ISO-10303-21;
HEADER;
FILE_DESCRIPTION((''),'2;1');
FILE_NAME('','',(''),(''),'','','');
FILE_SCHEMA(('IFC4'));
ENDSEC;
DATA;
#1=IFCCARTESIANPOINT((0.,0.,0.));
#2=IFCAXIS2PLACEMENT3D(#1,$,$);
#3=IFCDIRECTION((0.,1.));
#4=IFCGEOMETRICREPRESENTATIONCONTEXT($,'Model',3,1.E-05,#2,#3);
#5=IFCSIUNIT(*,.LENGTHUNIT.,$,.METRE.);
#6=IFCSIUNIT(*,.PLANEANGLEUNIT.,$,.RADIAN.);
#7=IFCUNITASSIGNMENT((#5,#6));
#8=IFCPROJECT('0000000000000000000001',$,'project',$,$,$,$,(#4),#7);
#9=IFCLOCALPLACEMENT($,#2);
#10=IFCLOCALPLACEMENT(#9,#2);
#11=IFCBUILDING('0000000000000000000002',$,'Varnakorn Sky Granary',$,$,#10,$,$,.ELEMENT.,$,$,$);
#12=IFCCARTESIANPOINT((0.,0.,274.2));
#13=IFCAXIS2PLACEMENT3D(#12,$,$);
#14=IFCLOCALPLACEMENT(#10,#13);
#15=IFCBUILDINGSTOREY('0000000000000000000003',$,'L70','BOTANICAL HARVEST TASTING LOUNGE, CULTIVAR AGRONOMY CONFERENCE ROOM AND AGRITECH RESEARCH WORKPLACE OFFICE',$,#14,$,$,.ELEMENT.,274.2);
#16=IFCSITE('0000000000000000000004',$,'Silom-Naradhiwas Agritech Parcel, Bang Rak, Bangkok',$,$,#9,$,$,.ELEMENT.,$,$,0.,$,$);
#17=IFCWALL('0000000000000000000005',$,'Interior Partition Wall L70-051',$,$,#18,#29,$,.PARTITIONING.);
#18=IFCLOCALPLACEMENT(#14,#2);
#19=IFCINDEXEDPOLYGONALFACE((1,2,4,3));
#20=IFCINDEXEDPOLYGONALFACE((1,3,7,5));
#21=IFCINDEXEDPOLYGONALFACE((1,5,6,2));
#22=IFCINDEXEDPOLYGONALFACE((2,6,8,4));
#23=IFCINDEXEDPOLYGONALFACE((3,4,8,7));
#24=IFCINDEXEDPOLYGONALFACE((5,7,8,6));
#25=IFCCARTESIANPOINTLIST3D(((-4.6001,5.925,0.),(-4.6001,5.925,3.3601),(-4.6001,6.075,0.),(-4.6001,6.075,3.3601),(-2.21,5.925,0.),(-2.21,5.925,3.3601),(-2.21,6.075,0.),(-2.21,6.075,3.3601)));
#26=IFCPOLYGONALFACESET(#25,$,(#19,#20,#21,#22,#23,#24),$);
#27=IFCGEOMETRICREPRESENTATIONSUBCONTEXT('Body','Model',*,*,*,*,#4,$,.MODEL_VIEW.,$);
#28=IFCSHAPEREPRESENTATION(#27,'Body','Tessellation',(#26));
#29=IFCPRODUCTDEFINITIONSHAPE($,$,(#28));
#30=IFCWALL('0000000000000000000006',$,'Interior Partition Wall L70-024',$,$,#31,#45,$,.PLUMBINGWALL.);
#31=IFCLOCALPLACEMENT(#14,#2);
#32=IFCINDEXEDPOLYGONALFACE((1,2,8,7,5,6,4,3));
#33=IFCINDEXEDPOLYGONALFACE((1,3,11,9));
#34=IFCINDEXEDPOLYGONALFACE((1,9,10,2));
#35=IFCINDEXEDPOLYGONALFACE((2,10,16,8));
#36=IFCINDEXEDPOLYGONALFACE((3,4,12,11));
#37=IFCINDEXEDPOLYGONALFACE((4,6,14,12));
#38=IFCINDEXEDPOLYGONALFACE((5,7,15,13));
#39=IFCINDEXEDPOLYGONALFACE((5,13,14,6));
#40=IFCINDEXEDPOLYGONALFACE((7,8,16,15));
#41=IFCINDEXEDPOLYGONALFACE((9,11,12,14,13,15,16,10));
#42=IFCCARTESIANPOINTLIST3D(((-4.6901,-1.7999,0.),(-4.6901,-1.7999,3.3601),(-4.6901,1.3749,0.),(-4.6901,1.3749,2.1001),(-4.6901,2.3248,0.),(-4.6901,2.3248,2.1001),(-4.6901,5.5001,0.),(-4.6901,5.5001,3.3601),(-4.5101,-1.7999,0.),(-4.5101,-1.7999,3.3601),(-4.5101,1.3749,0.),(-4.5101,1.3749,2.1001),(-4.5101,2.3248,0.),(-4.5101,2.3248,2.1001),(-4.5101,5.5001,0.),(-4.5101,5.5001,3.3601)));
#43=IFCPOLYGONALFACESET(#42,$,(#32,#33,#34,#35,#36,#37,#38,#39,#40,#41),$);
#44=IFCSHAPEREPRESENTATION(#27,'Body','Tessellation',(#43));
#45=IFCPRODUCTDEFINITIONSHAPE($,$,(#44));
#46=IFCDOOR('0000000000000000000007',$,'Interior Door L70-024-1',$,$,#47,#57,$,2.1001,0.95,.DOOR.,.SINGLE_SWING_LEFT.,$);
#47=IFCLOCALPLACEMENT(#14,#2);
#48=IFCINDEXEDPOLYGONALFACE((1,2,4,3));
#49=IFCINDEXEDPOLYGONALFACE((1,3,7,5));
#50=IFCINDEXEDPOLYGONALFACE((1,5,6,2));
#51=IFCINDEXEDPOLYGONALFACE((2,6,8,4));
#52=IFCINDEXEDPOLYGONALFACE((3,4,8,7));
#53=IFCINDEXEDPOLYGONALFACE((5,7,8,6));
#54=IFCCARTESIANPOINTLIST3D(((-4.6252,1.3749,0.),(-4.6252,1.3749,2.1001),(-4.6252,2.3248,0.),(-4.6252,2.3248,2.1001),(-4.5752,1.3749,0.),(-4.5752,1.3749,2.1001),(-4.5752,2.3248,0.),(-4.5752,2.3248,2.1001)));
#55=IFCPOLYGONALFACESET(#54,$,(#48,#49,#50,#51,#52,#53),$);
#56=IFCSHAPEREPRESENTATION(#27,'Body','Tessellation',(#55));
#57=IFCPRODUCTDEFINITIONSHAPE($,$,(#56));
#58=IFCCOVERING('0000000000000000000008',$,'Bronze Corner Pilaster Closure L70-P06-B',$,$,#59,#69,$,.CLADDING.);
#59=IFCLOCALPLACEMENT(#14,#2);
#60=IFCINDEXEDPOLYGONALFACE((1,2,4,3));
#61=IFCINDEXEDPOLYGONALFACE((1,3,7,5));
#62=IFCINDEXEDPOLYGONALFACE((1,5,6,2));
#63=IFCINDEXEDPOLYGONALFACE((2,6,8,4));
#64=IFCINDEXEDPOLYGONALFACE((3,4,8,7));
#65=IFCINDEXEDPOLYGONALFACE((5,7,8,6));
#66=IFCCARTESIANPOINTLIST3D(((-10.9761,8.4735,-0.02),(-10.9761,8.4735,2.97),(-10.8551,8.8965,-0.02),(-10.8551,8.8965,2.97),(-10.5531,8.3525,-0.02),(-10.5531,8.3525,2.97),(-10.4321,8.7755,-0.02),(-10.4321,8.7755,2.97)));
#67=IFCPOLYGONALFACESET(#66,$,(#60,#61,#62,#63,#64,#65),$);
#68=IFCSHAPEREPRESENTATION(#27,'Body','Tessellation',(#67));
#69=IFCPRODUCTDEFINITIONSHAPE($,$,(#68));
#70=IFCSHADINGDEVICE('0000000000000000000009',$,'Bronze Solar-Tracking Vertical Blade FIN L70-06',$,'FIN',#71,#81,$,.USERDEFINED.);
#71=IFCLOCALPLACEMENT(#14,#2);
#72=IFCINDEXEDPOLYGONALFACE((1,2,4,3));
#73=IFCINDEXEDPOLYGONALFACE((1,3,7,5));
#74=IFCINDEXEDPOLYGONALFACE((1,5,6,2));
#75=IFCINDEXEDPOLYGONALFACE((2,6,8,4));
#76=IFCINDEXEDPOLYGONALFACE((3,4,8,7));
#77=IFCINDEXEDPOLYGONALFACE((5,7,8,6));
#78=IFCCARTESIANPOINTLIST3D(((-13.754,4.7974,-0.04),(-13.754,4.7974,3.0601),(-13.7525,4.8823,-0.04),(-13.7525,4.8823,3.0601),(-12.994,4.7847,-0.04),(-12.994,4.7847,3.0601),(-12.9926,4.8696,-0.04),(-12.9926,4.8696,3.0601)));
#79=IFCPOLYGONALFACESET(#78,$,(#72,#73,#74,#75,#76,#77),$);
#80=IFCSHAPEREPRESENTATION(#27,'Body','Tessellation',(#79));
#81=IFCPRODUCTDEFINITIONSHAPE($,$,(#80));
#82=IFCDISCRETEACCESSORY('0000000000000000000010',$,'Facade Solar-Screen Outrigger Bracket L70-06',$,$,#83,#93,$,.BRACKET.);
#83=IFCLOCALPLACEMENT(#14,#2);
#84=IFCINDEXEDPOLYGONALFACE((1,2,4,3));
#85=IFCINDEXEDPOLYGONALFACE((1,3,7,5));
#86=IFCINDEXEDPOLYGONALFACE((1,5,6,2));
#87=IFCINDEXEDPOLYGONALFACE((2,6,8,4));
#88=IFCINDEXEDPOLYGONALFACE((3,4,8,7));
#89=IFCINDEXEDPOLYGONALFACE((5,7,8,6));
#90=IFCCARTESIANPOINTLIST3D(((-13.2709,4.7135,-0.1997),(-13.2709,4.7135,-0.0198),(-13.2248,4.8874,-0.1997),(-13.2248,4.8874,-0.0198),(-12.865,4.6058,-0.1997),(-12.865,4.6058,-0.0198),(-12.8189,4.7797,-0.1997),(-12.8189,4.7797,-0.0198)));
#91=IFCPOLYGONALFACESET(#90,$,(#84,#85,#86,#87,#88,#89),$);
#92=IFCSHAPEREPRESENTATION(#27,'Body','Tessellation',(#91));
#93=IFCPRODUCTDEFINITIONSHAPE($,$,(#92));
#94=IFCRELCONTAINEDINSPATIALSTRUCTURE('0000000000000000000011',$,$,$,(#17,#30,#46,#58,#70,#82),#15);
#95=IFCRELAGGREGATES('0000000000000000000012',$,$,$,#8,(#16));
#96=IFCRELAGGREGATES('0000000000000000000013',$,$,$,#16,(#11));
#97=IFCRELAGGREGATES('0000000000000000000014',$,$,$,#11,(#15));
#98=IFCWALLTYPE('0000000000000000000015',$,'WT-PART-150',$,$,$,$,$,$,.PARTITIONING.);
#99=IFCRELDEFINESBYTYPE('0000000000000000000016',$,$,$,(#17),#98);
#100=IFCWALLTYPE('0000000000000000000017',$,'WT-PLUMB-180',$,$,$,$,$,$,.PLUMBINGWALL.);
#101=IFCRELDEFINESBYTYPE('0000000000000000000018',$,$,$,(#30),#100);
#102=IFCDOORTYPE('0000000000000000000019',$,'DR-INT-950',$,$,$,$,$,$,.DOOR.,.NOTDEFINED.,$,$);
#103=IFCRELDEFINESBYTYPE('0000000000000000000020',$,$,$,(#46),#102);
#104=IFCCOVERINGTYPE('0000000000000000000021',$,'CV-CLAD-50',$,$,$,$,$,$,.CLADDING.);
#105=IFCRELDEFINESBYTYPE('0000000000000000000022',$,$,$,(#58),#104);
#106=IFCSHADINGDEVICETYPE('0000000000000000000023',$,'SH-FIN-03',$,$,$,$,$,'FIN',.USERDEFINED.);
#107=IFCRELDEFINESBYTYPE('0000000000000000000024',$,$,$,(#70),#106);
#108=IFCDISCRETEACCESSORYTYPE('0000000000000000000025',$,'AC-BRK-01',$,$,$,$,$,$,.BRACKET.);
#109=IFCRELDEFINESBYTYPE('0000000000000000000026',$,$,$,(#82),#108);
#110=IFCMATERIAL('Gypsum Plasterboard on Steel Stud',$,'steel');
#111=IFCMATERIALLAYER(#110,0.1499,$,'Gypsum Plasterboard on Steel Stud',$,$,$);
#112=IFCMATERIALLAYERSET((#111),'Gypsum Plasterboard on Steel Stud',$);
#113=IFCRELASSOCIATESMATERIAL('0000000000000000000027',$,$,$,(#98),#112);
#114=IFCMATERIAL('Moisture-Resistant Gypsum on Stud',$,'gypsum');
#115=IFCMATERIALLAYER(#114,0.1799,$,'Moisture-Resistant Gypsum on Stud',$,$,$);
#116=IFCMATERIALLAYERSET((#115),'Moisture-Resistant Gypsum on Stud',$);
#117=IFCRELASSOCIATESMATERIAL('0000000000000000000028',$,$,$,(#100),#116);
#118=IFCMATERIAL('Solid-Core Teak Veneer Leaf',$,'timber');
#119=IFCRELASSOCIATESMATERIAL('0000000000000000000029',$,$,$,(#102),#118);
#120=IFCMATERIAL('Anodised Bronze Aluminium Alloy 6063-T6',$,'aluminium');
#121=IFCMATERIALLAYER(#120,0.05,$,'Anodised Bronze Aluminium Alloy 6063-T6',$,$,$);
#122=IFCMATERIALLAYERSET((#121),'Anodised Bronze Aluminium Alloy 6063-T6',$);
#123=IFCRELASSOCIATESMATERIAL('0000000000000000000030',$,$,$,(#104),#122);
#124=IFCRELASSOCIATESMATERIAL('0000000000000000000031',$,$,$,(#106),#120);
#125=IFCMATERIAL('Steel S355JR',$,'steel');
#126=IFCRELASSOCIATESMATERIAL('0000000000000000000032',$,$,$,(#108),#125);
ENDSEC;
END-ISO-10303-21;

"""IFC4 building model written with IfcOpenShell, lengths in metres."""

from ifc_helpers import new_model, si_unit, direction, frame, frame_2d, origin, origin_2d, place, context, subcontext, project, spatial, rectangle, extrude, source, transform, mapped, material, layer, layer_set, type_object, type_shapes, element, fill, save


model = new_model("IFC4")

# Units and contexts
model_context = context("Model", 3, precision=1e-05, world=origin(), true_north=direction((0.0, 1.0)))
body_context = subcontext(model_context, "Body", "Model", "MODEL_VIEW")
ifc_project = project(units=[si_unit("LENGTHUNIT", "METRE"), si_unit("PLANEANGLEUNIT", "RADIAN")], contexts=[model_context])

# Site, building, storey
site_placement = place(None, origin())
site = spatial("IfcSite", under=ifc_project, at=site_placement, Name="Silom-Naradhiwas Agritech Parcel, Bang Rak, Bangkok", CompositionType="ELEMENT", RefElevation=0.0)
building_placement = place(site_placement, origin())
building = spatial("IfcBuilding", under=site, at=building_placement, Name="Varnakorn Sky Granary", CompositionType="ELEMENT")
storey_placement = place(building_placement, frame((0.0, 0.0, 274.2)))
storey = spatial("IfcBuildingStorey", under=building, at=storey_placement, Name="L70", Description="BOTANICAL HARVEST TASTING LOUNGE, CULTIVAR AGRONOMY CONFERENCE ROOM AND AGRITECH RESEARCH WORKPLACE OFFICE", CompositionType="ELEMENT", Elevation=274.2)

# Shared definitions
ifc_material_1 = material(Name="Steel S355JR", Category="steel")

# Shared definitions
ifc_material_2 = material(Name="Anodised Bronze Aluminium Alloy 6063-T6", Category="aluminium")

# Wall
ifc_material_3 = material(Name="Gypsum Plasterboard on Steel Stud", Category="steel")
ifc_layer_1 = layer(ifc_material_3, 0.1499, Name="Gypsum Plasterboard on Steel Stud")
ifc_layer_set_1 = layer_set([ifc_layer_1], Name="Gypsum Plasterboard on Steel Stud")
wall_type_1 = type_object("IfcWallType", Name="WT-PART-150", PredefinedType="PARTITIONING", material=ifc_layer_set_1)
wall_1_placement = place(storey_placement, frame((-2.21, 6.0, 0.0), z_axis=(0.0, 0.0, 1.0), x_axis=(-1.0, 0.0, 0.0)))
element("IfcWall", 1, at=wall_1_placement, inside=storey, type_object=wall_type_1, Name="Interior Partition Wall L70-051", PredefinedType="PARTITIONING", context=body_context, shape_type="SweptSolid", body=[
    extrude(rectangle(XDim=2.3901, YDim=0.1499, at=frame_2d((1.1951, 0.0))), origin(), (0.0, 0.0, 1.0), 3.3601),
])

# Wall, opening, door
ifc_material_4 = material(Name="Moisture-Resistant Gypsum on Stud", Category="gypsum")
ifc_layer_2 = layer(ifc_material_4, 0.1799, Name="Moisture-Resistant Gypsum on Stud")
ifc_layer_set_2 = layer_set([ifc_layer_2], Name="Moisture-Resistant Gypsum on Stud")
wall_type_2 = type_object("IfcWallType", Name="WT-PLUMB-180", PredefinedType="PLUMBINGWALL", material=ifc_layer_set_2)
wall_2_placement = place(storey_placement, frame((-4.6001, 5.5, 0.0), z_axis=(0.0, 0.0, 1.0), x_axis=(0.0, -1.0, 0.0)))
wall_2 = element("IfcWall", 2, at=wall_2_placement, inside=storey, type_object=wall_type_2, Name="Interior Partition Wall L70-024", PredefinedType="PLUMBINGWALL", context=body_context, shape_type="SweptSolid", body=[
    extrude(rectangle(XDim=7.3, YDim=0.1799, at=frame_2d((3.6499, 0.0))), origin(), (0.0, 0.0, 1.0), 3.3601),
])
opening_placement = place(wall_2_placement, frame((3.175, 0.0, 0.0)))
opening = element("IfcOpeningElement", 3, at=opening_placement, cuts=wall_2, PredefinedType="OPENING", context=body_context, shape_type="SweptSolid", body=[
    extrude(rectangle(XDim=0.95, YDim=2.1001, at=frame_2d((0.4751, 1.05))), frame((0.0, 0.1001, 0.0), z_axis=(0.0, -1.0, 0.0), x_axis=(1.0, 0.0, 0.0)), (0.0, 0.0, 1.0), 0.2),
])
ifc_material_5 = material(Name="Solid-Core Teak Veneer Leaf", Category="timber")
door_type = type_object("IfcDoorType", Name="DR-INT-950", OperationType="NOTDEFINED", PredefinedType="DOOR", material=ifc_material_5)
door_placement = place(opening_placement, origin())
door = element("IfcDoor", 4, at=door_placement, inside=storey, type_object=door_type, Name="Interior Door L70-024-1", OperationType="SINGLE_SWING_LEFT", OverallHeight=2.1001, OverallWidth=0.95, PredefinedType="DOOR", context=body_context, shape_type="SweptSolid", body=[
    extrude(rectangle(XDim=0.95, YDim=2.1001, at=frame_2d((0.4751, 1.05))), frame((0.0, 0.0249, 0.0), z_axis=(0.0, -1.0, 0.0), x_axis=(1.0, 0.0, 0.0)), (0.0, 0.0, 1.0), 0.05),
])
fill(opening, door)

# Covering
ifc_layer_3 = layer(ifc_material_2, 0.05, Name="Anodised Bronze Aluminium Alloy 6063-T6")
ifc_layer_set_3 = layer_set([ifc_layer_3], Name="Anodised Bronze Aluminium Alloy 6063-T6")
covering_type = type_object("IfcCoveringType", Name="CV-CLAD-50", PredefinedType="CLADDING", material=ifc_layer_set_3)
shared_shape_1 = source(origin(), body_context, "Body", "SweptSolid", [
    extrude(rectangle(XDim=0.4399, YDim=0.4399, at=origin_2d()), origin(), (0.0, 0.0, 1.0), 2.99),
])
type_shapes(covering_type, [shared_shape_1])
covering_placement = place(storey_placement, frame((-10.7041, 8.6245, -0.02), z_axis=(0.0, 0.0, 1.0), x_axis=(0.274966, 0.961454, 0.0)))
element("IfcCovering", 5, at=covering_placement, inside=storey, type_object=covering_type, Name="Bronze Corner Pilaster Closure L70-P06-B", PredefinedType="CLADDING", context=body_context, shape_type="MappedRepresentation", body=[
    mapped(shared_shape_1, transform((0.0, 0.0, 0.0), x_axis=(1.0, 0.0, 0.0), y_axis=(0.0, 1.0, 0.0), z_axis=(0.0, 0.0, 1.0), scale=1.0)),
])

# Shading device
shading_device_type = type_object("IfcShadingDeviceType", Name="SH-FIN-03", ElementType="FIN", PredefinedType="USERDEFINED", material=ifc_material_2)
shared_shape_2 = source(origin(), body_context, "Body", "SweptSolid", [
    extrude(rectangle(XDim=0.085, YDim=0.76, at=origin_2d()), origin(), (0.0, 0.0, 1.0), 3.1001),
])
type_shapes(shading_device_type, [shared_shape_2])
shading_device_placement = place(storey_placement, frame((-13.3733, 4.8335, -0.04), z_axis=(0.0, 0.0, 1.0), x_axis=(-0.016729, -0.99986, 0.0)))
element("IfcShadingDevice", 6, at=shading_device_placement, inside=storey, type_object=shading_device_type, Name="Bronze Solar-Tracking Vertical Blade FIN L70-06", ObjectType="FIN", PredefinedType="USERDEFINED", context=body_context, shape_type="MappedRepresentation", body=[
    mapped(shared_shape_2, transform((0.0, 0.0, 0.0), x_axis=(1.0, 0.0, 0.0), y_axis=(0.0, 1.0, 0.0), z_axis=(0.0, 0.0, 1.0), scale=1.0)),
])

# Discrete accessory
discrete_accessory_type = type_object("IfcDiscreteAccessoryType", Name="AC-BRK-01", PredefinedType="BRACKET", material=ifc_material_1)
shared_shape_3 = source(origin(), body_context, "Body", "SweptSolid", [
    extrude(rectangle(XDim=0.1799, YDim=0.4199, at=origin_2d()), origin(), (0.0, 0.0, 1.0), 0.1799),
])
type_shapes(discrete_accessory_type, [shared_shape_3])
discrete_accessory_placement = place(storey_placement, frame((-13.0449, 4.7466, -0.1997), z_axis=(0.0, 0.0, 1.0), x_axis=(-0.256378, -0.966577, 0.0)))
element("IfcDiscreteAccessory", 7, at=discrete_accessory_placement, inside=storey, type_object=discrete_accessory_type, Name="Facade Solar-Screen Outrigger Bracket L70-06", PredefinedType="BRACKET", context=body_context, shape_type="MappedRepresentation", body=[
    mapped(shared_shape_3, transform((0.0, 0.0, 0.0), x_axis=(1.0, 0.0, 0.0), y_axis=(0.0, 1.0, 0.0), z_axis=(0.0, 0.0, 1.0), scale=1.0)),
])

save(model, "model.ifc")
